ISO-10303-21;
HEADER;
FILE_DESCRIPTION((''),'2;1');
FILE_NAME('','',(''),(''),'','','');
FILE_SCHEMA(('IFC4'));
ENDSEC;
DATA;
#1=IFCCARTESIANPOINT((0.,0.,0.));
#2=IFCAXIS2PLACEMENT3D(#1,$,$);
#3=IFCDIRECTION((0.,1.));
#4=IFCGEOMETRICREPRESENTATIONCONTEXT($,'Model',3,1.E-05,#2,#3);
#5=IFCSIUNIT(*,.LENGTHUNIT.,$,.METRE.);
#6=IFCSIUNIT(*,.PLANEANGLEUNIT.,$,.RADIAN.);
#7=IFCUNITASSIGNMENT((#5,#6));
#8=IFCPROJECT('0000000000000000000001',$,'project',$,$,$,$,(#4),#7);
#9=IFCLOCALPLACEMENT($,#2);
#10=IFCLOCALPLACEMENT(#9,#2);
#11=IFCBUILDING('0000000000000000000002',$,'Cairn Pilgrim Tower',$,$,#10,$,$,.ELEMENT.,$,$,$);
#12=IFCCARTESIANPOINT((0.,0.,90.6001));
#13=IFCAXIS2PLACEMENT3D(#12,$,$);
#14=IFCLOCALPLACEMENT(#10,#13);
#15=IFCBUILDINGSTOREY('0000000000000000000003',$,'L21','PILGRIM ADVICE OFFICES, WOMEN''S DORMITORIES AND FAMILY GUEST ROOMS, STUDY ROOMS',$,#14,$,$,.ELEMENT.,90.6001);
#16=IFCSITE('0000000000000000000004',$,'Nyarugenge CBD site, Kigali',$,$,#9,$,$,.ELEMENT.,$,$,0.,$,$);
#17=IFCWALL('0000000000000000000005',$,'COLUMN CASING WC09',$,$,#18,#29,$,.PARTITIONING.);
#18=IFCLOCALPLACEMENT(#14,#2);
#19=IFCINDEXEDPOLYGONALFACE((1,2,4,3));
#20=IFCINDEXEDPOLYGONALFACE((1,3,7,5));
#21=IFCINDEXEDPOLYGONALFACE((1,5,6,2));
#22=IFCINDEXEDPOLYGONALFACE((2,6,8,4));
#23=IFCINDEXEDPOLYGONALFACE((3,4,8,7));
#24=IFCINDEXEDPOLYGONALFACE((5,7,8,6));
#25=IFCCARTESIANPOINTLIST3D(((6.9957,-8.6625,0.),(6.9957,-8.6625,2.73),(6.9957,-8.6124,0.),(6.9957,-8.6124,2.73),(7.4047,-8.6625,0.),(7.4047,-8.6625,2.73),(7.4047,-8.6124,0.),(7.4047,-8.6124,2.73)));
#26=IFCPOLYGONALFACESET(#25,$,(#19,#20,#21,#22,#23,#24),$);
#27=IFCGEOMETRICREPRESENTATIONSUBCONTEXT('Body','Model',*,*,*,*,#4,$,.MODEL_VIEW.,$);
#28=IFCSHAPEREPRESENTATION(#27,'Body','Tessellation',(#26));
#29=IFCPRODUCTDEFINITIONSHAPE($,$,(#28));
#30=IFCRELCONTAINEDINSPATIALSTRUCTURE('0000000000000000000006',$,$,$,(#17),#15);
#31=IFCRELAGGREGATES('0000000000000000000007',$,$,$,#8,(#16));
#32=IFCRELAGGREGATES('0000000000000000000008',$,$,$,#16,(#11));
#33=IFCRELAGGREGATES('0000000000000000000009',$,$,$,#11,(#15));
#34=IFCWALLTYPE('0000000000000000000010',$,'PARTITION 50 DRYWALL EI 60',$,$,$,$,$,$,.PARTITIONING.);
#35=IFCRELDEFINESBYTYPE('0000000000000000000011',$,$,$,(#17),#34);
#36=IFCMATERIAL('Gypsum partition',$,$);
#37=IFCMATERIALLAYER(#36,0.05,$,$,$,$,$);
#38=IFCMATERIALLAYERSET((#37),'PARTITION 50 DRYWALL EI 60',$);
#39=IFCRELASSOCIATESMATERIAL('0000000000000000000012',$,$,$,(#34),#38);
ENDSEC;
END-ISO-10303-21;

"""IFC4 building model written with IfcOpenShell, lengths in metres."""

from ifc_helpers import new_model, si_unit, direction, frame, frame_2d, origin, place, context, subcontext, project, spatial, rectangle, extrude, material, layer, layer_set, type_object, element, save


model = new_model("IFC4")

# Units and contexts
model_context = context("Model", 3, precision=1e-05, world=origin(), true_north=direction((0.0, 1.0)))
body_context = subcontext(model_context, "Body", "Model", "MODEL_VIEW")
ifc_project = project(units=[si_unit("LENGTHUNIT", "METRE"), si_unit("PLANEANGLEUNIT", "RADIAN")], contexts=[model_context])

# Site, building, storey
site_placement = place(None, origin())
site = spatial("IfcSite", under=ifc_project, at=site_placement, Name="Nyarugenge CBD site, Kigali", CompositionType="ELEMENT", RefElevation=0.0)
building_placement = place(site_placement, origin())
building = spatial("IfcBuilding", under=site, at=building_placement, Name="Cairn Pilgrim Tower", CompositionType="ELEMENT")
storey_placement = place(building_placement, frame((0.0, 0.0, 90.6001)))
storey = spatial("IfcBuildingStorey", under=building, at=storey_placement, Name="L21", Description="PILGRIM ADVICE OFFICES, WOMEN'S DORMITORIES AND FAMILY GUEST ROOMS, STUDY ROOMS", CompositionType="ELEMENT", Elevation=90.6001)

# Shared definitions
ifc_material_1 = material(Name="Gypsum partition")

# Wall
ifc_layer_1 = layer(ifc_material_1, 0.05)
ifc_layer_set_1 = layer_set([ifc_layer_1], Name="PARTITION 50 DRYWALL EI 60")
wall_type_1 = type_object("IfcWallType", Name="PARTITION 50 DRYWALL EI 60", PredefinedType="PARTITIONING", material=ifc_layer_set_1)
wall_1_placement = place(storey_placement, frame((6.9956, -8.6375, 0.0), z_axis=(0.0, 0.0, 1.0), x_axis=(1.0, 0.0, 0.0)))
element("IfcWall", 1, at=wall_1_placement, inside=storey, type_object=wall_type_1, Name="COLUMN CASING WC09", PredefinedType="PARTITIONING", context=body_context, shape_type="SweptSolid", body=[
    extrude(rectangle(XDim=0.4089, YDim=0.05, at=frame_2d((0.2046, 0.0))), origin(), (0.0, 0.0, 1.0), 2.73),
])

save(model, "model.ifc")
